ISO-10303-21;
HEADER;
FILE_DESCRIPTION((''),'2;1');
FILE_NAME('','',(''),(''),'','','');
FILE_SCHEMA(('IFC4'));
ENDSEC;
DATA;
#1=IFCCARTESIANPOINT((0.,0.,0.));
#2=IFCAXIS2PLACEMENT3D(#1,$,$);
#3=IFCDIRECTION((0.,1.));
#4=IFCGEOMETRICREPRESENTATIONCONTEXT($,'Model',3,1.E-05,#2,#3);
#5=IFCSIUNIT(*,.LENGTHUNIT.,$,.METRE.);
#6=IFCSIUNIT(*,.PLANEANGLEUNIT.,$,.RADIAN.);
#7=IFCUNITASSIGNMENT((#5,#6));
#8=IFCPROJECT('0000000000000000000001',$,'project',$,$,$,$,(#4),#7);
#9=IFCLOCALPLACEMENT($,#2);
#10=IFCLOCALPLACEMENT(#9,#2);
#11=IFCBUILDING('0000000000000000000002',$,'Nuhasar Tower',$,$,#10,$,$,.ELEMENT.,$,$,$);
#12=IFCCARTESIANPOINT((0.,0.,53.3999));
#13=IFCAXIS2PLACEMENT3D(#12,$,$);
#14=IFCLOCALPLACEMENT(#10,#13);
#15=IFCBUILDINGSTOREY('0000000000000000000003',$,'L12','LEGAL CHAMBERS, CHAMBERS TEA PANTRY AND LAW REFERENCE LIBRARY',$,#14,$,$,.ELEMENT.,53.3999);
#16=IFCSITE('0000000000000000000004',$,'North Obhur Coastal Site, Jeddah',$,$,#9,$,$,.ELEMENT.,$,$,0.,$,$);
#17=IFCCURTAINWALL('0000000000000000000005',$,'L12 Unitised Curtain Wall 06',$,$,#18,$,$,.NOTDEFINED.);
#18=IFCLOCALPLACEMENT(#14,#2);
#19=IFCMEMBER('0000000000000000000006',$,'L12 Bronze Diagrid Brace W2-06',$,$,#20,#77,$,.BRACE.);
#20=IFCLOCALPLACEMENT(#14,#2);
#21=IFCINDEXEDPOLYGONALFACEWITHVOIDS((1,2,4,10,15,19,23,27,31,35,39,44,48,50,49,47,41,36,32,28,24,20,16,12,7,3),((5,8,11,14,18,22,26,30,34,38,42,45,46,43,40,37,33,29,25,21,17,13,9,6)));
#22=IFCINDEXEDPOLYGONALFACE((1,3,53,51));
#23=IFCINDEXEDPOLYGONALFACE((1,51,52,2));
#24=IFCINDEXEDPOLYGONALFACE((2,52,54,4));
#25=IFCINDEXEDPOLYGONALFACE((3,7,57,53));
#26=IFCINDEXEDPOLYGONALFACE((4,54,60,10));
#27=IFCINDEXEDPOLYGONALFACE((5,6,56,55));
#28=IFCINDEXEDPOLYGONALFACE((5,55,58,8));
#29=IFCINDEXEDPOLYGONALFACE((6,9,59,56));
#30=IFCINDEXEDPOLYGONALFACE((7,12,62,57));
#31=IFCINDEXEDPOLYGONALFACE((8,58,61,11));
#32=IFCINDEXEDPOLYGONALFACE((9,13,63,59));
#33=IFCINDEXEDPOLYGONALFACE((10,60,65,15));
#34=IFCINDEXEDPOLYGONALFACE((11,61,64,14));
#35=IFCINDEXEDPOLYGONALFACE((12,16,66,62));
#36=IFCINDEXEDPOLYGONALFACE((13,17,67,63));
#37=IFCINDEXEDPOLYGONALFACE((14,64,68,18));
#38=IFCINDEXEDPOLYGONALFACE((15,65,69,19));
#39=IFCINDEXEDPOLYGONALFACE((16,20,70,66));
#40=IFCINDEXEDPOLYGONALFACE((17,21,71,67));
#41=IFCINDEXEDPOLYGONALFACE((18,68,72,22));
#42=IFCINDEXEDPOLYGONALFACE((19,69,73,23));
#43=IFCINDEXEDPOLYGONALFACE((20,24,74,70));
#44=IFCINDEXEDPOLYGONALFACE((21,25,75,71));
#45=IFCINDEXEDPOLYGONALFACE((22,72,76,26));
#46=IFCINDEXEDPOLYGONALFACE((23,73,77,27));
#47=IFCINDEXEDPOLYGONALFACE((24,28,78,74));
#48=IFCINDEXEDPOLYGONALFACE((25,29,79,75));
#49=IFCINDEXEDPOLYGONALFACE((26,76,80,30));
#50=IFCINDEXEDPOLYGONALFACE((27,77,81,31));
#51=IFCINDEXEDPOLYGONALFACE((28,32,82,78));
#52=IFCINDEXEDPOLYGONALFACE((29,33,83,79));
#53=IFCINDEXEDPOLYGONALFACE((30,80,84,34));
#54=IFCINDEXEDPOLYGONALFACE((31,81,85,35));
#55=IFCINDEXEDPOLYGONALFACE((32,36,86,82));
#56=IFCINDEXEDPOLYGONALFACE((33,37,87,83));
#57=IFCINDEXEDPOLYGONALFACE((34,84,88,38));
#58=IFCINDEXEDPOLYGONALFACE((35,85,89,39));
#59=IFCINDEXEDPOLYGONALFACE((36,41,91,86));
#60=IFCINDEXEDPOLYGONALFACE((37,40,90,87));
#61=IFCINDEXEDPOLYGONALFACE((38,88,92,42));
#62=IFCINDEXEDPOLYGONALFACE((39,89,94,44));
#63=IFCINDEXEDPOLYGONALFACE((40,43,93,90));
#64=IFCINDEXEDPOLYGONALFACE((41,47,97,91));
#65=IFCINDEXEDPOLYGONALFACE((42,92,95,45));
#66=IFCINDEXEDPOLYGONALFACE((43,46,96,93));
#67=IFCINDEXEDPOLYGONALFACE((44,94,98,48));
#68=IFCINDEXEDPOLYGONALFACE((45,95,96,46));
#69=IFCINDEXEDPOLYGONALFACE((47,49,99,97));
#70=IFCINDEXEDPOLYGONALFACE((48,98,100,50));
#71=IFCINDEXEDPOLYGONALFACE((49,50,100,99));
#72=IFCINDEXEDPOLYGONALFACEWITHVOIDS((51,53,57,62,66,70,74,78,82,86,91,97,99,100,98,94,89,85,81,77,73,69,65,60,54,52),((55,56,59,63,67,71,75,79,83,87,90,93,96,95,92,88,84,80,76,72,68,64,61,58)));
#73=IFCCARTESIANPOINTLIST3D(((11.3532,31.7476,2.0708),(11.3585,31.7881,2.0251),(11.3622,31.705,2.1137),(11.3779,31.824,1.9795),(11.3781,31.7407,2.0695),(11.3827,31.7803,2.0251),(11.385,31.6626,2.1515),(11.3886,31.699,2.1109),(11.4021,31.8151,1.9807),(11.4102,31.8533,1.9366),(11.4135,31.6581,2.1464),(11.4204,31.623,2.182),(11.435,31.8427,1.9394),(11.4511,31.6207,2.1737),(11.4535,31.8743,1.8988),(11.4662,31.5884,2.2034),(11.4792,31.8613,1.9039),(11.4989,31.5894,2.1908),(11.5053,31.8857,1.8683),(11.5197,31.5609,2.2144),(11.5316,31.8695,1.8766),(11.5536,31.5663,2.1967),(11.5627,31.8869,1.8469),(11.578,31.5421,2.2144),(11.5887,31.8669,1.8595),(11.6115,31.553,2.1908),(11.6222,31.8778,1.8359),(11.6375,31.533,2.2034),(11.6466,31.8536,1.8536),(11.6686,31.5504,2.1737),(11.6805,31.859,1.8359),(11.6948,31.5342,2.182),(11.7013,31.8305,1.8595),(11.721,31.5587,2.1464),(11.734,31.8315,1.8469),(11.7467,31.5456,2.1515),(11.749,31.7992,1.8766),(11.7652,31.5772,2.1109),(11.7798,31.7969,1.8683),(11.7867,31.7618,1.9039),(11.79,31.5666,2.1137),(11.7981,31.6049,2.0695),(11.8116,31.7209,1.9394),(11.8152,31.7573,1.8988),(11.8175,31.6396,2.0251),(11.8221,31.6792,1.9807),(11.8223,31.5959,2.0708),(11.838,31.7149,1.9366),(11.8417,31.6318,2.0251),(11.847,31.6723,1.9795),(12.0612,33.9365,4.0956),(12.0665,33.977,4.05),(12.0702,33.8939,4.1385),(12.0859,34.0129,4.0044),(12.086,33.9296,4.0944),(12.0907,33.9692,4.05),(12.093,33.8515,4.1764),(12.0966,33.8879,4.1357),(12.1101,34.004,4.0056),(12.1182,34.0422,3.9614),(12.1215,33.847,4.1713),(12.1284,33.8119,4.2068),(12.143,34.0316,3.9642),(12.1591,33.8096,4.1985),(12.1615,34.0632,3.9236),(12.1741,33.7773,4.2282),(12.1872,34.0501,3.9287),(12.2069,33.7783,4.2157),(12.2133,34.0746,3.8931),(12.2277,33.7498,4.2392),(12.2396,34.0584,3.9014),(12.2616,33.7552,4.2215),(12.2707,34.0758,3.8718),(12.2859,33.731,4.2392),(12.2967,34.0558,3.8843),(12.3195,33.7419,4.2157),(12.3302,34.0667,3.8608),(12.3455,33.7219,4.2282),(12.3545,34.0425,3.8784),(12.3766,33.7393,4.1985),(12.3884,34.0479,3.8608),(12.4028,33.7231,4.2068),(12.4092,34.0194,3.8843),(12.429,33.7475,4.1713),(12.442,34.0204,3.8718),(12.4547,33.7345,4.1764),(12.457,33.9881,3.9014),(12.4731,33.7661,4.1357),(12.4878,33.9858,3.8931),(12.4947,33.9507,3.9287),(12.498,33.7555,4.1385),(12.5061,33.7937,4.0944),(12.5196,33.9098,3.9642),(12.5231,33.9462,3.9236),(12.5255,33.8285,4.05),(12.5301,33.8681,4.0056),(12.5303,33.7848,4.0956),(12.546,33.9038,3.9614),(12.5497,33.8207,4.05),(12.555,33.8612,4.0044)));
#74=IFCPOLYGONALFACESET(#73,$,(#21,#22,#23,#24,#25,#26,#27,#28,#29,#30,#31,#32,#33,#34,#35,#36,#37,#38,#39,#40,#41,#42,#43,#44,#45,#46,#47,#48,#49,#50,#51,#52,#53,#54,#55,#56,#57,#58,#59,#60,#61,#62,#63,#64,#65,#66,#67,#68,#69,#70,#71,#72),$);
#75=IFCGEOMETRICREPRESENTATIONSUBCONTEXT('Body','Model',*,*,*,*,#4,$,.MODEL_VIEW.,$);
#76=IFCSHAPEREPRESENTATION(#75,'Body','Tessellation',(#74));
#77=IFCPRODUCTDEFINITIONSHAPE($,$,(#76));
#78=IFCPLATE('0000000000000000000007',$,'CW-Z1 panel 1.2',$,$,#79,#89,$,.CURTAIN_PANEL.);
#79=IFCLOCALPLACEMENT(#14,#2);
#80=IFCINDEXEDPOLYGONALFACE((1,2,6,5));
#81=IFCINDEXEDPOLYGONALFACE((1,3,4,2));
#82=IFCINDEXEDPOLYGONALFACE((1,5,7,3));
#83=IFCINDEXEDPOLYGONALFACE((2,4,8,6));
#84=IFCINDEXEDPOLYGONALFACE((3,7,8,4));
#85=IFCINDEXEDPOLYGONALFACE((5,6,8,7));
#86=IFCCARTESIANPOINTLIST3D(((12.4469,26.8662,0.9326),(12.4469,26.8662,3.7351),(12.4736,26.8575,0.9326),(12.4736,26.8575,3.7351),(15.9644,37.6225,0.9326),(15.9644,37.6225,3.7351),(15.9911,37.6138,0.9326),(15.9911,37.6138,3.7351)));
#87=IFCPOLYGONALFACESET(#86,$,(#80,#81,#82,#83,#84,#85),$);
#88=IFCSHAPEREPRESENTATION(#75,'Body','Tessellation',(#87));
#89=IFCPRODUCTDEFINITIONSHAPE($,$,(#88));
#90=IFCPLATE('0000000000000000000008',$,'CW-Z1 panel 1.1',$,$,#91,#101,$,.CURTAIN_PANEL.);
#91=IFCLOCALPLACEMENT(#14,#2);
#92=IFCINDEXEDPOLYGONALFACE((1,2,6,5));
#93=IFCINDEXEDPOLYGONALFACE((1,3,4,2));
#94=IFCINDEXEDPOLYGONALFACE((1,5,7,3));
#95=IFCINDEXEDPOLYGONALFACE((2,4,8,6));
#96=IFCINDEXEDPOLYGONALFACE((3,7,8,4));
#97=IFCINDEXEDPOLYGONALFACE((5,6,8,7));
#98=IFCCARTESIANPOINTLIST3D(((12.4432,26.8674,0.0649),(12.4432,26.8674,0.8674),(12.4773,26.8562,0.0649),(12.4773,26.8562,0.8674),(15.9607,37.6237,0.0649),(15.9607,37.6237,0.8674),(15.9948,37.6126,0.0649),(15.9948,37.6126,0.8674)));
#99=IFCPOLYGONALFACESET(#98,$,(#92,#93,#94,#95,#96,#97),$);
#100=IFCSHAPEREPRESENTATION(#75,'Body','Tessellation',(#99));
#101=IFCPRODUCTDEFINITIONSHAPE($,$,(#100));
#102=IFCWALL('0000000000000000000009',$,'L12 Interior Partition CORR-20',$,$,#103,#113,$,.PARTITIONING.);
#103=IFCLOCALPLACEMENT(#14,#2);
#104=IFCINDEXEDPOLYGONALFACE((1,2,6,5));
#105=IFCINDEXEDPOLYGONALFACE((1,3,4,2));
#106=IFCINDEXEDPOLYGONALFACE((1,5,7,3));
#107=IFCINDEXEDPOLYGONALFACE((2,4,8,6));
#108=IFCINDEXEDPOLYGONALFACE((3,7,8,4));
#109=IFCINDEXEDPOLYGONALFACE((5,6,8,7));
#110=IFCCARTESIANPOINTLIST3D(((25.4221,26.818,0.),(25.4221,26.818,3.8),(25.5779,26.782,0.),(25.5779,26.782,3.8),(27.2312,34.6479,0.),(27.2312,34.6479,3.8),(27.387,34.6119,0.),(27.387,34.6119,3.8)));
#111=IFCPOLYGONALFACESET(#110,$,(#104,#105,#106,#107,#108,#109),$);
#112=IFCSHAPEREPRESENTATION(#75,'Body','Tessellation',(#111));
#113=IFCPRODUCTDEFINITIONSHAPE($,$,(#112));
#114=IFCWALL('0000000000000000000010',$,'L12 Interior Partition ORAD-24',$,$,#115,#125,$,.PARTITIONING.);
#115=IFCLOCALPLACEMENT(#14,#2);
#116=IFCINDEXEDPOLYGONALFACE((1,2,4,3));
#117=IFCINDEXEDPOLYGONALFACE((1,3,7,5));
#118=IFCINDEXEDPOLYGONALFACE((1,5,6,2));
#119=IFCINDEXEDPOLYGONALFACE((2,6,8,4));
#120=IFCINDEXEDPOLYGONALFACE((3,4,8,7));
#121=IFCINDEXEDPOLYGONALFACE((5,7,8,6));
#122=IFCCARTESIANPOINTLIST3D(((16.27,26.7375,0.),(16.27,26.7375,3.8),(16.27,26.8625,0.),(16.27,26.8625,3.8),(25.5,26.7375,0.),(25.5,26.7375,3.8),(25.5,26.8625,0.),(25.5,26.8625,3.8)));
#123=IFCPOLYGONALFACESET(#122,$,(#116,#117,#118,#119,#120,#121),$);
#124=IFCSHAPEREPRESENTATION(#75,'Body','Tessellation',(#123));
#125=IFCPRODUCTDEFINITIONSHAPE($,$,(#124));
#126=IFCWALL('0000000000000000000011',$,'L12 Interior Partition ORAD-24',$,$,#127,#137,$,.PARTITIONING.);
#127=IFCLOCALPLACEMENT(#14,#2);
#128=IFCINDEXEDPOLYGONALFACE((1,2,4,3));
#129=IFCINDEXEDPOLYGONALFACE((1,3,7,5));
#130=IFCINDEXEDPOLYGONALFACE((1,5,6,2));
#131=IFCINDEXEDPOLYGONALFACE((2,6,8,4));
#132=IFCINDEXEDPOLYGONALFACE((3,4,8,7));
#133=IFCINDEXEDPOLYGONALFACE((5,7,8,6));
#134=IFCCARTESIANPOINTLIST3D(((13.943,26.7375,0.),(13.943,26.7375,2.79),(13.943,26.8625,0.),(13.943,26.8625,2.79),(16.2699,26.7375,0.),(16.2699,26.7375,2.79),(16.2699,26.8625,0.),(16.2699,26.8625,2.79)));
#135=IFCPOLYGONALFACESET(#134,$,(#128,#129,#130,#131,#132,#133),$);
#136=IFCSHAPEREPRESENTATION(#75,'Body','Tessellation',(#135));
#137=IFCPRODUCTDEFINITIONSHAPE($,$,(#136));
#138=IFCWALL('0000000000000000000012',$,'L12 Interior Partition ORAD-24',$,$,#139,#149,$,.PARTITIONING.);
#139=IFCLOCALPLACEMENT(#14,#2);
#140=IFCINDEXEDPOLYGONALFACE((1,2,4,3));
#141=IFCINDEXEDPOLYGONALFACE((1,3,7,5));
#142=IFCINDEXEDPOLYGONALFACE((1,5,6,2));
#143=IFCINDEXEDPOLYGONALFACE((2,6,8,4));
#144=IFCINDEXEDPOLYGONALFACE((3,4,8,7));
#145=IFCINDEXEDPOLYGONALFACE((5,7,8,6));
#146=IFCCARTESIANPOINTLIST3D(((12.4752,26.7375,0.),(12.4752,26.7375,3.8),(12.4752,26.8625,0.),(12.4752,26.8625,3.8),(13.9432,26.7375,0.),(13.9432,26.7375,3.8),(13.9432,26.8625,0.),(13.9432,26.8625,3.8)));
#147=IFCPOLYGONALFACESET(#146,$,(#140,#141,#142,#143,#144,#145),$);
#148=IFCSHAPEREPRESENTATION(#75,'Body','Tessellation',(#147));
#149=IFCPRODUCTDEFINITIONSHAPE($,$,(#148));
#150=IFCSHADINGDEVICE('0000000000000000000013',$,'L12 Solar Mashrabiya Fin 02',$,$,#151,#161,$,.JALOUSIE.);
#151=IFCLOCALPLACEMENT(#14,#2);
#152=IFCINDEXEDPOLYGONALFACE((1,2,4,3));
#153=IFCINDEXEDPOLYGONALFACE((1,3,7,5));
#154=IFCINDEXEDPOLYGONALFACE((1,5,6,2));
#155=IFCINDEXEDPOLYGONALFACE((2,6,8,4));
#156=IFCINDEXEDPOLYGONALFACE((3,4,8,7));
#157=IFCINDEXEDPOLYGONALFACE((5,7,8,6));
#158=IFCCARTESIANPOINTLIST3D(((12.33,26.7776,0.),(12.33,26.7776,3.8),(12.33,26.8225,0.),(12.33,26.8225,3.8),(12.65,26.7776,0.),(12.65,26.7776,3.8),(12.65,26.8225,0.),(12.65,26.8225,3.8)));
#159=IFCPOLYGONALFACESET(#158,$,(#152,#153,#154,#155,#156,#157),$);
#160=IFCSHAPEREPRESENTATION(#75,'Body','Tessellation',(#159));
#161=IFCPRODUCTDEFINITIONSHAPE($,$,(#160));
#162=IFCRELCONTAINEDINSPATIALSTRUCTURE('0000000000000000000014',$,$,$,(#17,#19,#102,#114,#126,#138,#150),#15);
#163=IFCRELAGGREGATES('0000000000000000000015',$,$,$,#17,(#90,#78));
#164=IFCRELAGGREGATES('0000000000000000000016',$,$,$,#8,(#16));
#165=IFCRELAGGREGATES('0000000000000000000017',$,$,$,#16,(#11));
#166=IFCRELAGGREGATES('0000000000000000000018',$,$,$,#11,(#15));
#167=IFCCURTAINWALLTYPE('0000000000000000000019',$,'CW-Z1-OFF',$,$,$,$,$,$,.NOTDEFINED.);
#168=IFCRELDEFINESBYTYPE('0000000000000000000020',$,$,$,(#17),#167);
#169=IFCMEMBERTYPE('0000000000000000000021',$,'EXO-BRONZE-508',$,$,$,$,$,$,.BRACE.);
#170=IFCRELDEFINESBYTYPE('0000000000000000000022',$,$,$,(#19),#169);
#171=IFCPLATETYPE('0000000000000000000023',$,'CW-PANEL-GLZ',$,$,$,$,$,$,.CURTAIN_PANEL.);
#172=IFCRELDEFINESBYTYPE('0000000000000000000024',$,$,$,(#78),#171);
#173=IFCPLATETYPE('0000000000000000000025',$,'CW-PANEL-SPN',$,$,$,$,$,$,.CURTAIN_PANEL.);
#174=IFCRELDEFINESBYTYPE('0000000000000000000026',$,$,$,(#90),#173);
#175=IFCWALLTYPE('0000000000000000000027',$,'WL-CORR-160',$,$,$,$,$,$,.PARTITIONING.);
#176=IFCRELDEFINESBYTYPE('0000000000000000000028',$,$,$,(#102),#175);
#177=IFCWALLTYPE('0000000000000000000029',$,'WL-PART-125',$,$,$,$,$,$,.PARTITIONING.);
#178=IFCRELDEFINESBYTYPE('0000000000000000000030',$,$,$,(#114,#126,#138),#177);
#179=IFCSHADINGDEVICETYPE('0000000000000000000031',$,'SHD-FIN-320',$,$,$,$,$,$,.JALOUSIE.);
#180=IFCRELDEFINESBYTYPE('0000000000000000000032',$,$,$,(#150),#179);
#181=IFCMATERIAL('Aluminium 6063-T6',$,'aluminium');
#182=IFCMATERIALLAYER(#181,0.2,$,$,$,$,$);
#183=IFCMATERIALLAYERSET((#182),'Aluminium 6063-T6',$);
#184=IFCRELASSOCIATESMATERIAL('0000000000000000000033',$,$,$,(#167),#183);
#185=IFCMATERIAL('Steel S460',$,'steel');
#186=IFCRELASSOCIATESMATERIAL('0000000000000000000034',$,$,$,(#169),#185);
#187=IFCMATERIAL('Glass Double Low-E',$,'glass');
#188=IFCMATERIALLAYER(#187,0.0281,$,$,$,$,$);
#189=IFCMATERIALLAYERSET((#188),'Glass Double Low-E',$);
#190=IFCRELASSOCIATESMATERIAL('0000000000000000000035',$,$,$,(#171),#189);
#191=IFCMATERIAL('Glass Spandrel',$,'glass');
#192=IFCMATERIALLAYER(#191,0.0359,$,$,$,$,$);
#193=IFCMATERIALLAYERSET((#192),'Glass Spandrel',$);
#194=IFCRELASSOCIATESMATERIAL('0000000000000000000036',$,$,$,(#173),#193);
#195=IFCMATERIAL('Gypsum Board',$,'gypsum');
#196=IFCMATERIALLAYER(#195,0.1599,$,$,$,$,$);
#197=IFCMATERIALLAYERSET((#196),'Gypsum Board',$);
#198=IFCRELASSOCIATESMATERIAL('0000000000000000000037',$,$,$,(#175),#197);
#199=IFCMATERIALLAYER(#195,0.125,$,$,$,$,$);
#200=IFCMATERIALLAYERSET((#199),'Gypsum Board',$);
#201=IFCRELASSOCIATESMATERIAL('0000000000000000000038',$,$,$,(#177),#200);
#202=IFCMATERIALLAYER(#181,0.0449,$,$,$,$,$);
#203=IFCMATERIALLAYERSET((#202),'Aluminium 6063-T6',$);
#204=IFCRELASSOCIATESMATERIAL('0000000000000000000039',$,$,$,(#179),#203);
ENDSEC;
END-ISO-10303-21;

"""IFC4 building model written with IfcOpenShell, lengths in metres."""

from ifc_helpers import new_model, si_unit, direction, frame, frame_2d, origin, origin_2d, place, context, subcontext, project, spatial, rectangle, hollow_circle, extrude, material, layer, layer_set, material_profile, profile_set, type_object, element, aggregate, save


model = new_model("IFC4")

# Units and contexts
model_context = context("Model", 3, precision=1e-05, world=origin(), true_north=direction((0.0, 1.0)))
body_context = subcontext(model_context, "Body", "Model", "MODEL_VIEW")
ifc_project = project(units=[si_unit("LENGTHUNIT", "METRE"), si_unit("PLANEANGLEUNIT", "RADIAN")], contexts=[model_context])

# Site, building, storey
site_placement = place(None, origin())
site = spatial("IfcSite", under=ifc_project, at=site_placement, Name="North Obhur Coastal Site, Jeddah", CompositionType="ELEMENT", RefElevation=0.0)
building_placement = place(site_placement, origin())
building = spatial("IfcBuilding", under=site, at=building_placement, Name="Nuhasar Tower", CompositionType="ELEMENT")
storey_placement = place(building_placement, frame((0.0, 0.0, 53.3999)))
storey = spatial("IfcBuildingStorey", under=building, at=storey_placement, Name="L12", Description="LEGAL CHAMBERS, CHAMBERS TEA PANTRY AND LAW REFERENCE LIBRARY", CompositionType="ELEMENT", Elevation=53.3999)

# Curtain wall
ifc_material_1 = material(Name="Aluminium 6063-T6", Category="aluminium")
ifc_layer_1 = layer(ifc_material_1, 0.2)
ifc_layer_set_1 = layer_set([ifc_layer_1], Name="Aluminium 6063-T6")
curtain_wall_type = type_object("IfcCurtainWallType", Name="CW-Z1-OFF", PredefinedType="NOTDEFINED", material=ifc_layer_set_1)
curtain_wall_1_placement = place(storey_placement, origin())
curtain_wall_1 = element("IfcCurtainWall", 1, at=curtain_wall_1_placement, inside=storey, type_object=curtain_wall_type, Name="L12 Unitised Curtain Wall 06", PredefinedType="NOTDEFINED")

# Member
ifc_material_2 = material(Name="Steel S460", Category="steel")
ifc_material_profile_1 = material_profile(ifc_material_2, hollow_circle(Radius=0.2539, WallThickness=0.0254, at=origin_2d()), Name="HSS508X25.4")
ifc_profile_set_1 = profile_set([ifc_material_profile_1], Name="Steel S460")
member_type_1 = type_object("IfcMemberType", Name="EXO-BRONZE-508", PredefinedType="BRACE", material=ifc_profile_set_1)
member_1_placement = place(storey_placement, frame((11.6001, 31.71, 2.0251), z_axis=(0.231012, 0.714225, 0.660694), x_axis=(-0.951468, 0.307747, 0.0)))
element("IfcMember", 2, at=member_1_placement, inside=storey, type_object=member_type_1, Name="L12 Bronze Diagrid Brace W2-06", PredefinedType="BRACE", context=body_context, shape_type="SweptSolid", body=[
    extrude(hollow_circle(Radius=0.2539, WallThickness=0.0254, at=origin_2d()), origin(), (0.0, 0.0, 1.0), 3.0647),
])

# Plates
ifc_material_3 = material(Name="Glass Double Low-E", Category="glass")
ifc_layer_2 = layer(ifc_material_3, 0.0281)
ifc_layer_set_2 = layer_set([ifc_layer_2], Name="Glass Double Low-E")
plate_type_1 = type_object("IfcPlateType", Name="CW-PANEL-GLZ", PredefinedType="CURTAIN_PANEL", material=ifc_layer_set_2)
plate_1_placement = place(storey_placement, frame((14.219, 32.24, 0.9326), z_axis=(0.0, 0.0, 1.0), x_axis=(-0.310824, -0.950468, 0.0)))
plate_1 = element("IfcPlate", 3, at=plate_1_placement, type_object=plate_type_1, Name="CW-Z1 panel 1.2", PredefinedType="CURTAIN_PANEL", context=body_context, shape_type="SweptSolid", body=[
    extrude(rectangle(XDim=11.3169, YDim=0.0281, at=origin_2d()), origin(), (0.0, 0.0, 1.0), 2.8025),
])
ifc_material_4 = material(Name="Glass Spandrel", Category="glass")
ifc_layer_3 = layer(ifc_material_4, 0.0359)
ifc_layer_set_3 = layer_set([ifc_layer_3], Name="Glass Spandrel")
plate_type_2 = type_object("IfcPlateType", Name="CW-PANEL-SPN", PredefinedType="CURTAIN_PANEL", material=ifc_layer_set_3)
plate_2_placement = place(storey_placement, frame((14.219, 32.24, 0.0649), z_axis=(0.0, 0.0, 1.0), x_axis=(-0.310824, -0.950468, 0.0)))
plate_2 = element("IfcPlate", 4, at=plate_2_placement, type_object=plate_type_2, Name="CW-Z1 panel 1.1", PredefinedType="CURTAIN_PANEL", context=body_context, shape_type="SweptSolid", body=[
    extrude(rectangle(XDim=11.3169, YDim=0.0359, at=origin_2d()), origin(), (0.0, 0.0, 1.0), 0.8025),
])
aggregate(curtain_wall_1, [plate_2, plate_1])

# Shared definitions
ifc_material_5 = material(Name="Gypsum Board", Category="gypsum")
ifc_layer_4 = layer(ifc_material_5, 0.1599)
ifc_layer_set_4 = layer_set([ifc_layer_4], Name="Gypsum Board")
wall_type_1 = type_object("IfcWallType", Name="WL-CORR-160", PredefinedType="PARTITIONING", material=ifc_layer_set_4)

# Walls
wall_1_placement = place(storey_placement, frame((27.3091, 34.6299, 0.0), z_axis=(0.0, 0.0, 1.0), x_axis=(-0.225119, -0.974331, 0.0)))
element("IfcWall", 5, at=wall_1_placement, inside=storey, type_object=wall_type_1, Name="L12 Interior Partition CORR-20", PredefinedType="PARTITIONING", context=body_context, shape_type="SweptSolid", body=[
    extrude(rectangle(XDim=8.0361, YDim=0.1599, at=frame_2d((4.0181, 0.0))), origin(), (0.0, 0.0, 1.0), 3.8),
])
ifc_layer_5 = layer(ifc_material_5, 0.125)
ifc_layer_set_5 = layer_set([ifc_layer_5], Name="Gypsum Board")
wall_type_2 = type_object("IfcWallType", Name="WL-PART-125", PredefinedType="PARTITIONING", material=ifc_layer_set_5)
wall_2_placement = place(storey_placement, frame((25.5, 26.8, 0.0), z_axis=(0.0, 0.0, 1.0), x_axis=(-1.0, 0.0, 0.0)))
element("IfcWall", 6, at=wall_2_placement, inside=storey, type_object=wall_type_2, Name="L12 Interior Partition ORAD-24", PredefinedType="PARTITIONING", context=body_context, shape_type="SweptSolid", body=[
    extrude(rectangle(XDim=9.23, YDim=0.125, at=frame_2d((4.615, 0.0))), origin(), (0.0, 0.0, 1.0), 3.8),
])
wall_3_placement = place(storey_placement, frame((16.27, 26.8, 0.0), z_axis=(0.0, 0.0, 1.0), x_axis=(-1.0, 0.0, 0.0)))
element("IfcWall", 7, at=wall_3_placement, inside=storey, type_object=wall_type_2, Name="L12 Interior Partition ORAD-24", PredefinedType="PARTITIONING", context=body_context, shape_type="SweptSolid", body=[
    extrude(rectangle(XDim=2.3269, YDim=0.125, at=frame_2d((1.1636, 0.0))), origin(), (0.0, 0.0, 1.0), 2.79),
])
wall_4_placement = place(storey_placement, frame((13.9431, 26.8, 0.0), z_axis=(0.0, 0.0, 1.0), x_axis=(-1.0, 0.0, 0.0)))
element("IfcWall", 8, at=wall_4_placement, inside=storey, type_object=wall_type_2, Name="L12 Interior Partition ORAD-24", PredefinedType="PARTITIONING", context=body_context, shape_type="SweptSolid", body=[
    extrude(rectangle(XDim=1.468, YDim=0.125, at=frame_2d((0.7339, 0.0))), origin(), (0.0, 0.0, 1.0), 3.8),
])

# Shading device
ifc_layer_6 = layer(ifc_material_1, 0.0449)
ifc_layer_set_6 = layer_set([ifc_layer_6], Name="Aluminium 6063-T6")
shading_device_type = type_object("IfcShadingDeviceType", Name="SHD-FIN-320", PredefinedType="JALOUSIE", material=ifc_layer_set_6)
shading_device_placement = place(storey_placement, frame((12.49, 26.8, 0.0), z_axis=(0.0, 0.0, 1.0), x_axis=(-1.0, 0.0, 0.0)))
element("IfcShadingDevice", 9, at=shading_device_placement, inside=storey, type_object=shading_device_type, Name="L12 Solar Mashrabiya Fin 02", PredefinedType="JALOUSIE", context=body_context, shape_type="SweptSolid", body=[
    extrude(rectangle(XDim=0.3201, YDim=0.0449, at=origin_2d()), origin(), (0.0, 0.0, 1.0), 3.8),
])

save(model, "model.ifc")
